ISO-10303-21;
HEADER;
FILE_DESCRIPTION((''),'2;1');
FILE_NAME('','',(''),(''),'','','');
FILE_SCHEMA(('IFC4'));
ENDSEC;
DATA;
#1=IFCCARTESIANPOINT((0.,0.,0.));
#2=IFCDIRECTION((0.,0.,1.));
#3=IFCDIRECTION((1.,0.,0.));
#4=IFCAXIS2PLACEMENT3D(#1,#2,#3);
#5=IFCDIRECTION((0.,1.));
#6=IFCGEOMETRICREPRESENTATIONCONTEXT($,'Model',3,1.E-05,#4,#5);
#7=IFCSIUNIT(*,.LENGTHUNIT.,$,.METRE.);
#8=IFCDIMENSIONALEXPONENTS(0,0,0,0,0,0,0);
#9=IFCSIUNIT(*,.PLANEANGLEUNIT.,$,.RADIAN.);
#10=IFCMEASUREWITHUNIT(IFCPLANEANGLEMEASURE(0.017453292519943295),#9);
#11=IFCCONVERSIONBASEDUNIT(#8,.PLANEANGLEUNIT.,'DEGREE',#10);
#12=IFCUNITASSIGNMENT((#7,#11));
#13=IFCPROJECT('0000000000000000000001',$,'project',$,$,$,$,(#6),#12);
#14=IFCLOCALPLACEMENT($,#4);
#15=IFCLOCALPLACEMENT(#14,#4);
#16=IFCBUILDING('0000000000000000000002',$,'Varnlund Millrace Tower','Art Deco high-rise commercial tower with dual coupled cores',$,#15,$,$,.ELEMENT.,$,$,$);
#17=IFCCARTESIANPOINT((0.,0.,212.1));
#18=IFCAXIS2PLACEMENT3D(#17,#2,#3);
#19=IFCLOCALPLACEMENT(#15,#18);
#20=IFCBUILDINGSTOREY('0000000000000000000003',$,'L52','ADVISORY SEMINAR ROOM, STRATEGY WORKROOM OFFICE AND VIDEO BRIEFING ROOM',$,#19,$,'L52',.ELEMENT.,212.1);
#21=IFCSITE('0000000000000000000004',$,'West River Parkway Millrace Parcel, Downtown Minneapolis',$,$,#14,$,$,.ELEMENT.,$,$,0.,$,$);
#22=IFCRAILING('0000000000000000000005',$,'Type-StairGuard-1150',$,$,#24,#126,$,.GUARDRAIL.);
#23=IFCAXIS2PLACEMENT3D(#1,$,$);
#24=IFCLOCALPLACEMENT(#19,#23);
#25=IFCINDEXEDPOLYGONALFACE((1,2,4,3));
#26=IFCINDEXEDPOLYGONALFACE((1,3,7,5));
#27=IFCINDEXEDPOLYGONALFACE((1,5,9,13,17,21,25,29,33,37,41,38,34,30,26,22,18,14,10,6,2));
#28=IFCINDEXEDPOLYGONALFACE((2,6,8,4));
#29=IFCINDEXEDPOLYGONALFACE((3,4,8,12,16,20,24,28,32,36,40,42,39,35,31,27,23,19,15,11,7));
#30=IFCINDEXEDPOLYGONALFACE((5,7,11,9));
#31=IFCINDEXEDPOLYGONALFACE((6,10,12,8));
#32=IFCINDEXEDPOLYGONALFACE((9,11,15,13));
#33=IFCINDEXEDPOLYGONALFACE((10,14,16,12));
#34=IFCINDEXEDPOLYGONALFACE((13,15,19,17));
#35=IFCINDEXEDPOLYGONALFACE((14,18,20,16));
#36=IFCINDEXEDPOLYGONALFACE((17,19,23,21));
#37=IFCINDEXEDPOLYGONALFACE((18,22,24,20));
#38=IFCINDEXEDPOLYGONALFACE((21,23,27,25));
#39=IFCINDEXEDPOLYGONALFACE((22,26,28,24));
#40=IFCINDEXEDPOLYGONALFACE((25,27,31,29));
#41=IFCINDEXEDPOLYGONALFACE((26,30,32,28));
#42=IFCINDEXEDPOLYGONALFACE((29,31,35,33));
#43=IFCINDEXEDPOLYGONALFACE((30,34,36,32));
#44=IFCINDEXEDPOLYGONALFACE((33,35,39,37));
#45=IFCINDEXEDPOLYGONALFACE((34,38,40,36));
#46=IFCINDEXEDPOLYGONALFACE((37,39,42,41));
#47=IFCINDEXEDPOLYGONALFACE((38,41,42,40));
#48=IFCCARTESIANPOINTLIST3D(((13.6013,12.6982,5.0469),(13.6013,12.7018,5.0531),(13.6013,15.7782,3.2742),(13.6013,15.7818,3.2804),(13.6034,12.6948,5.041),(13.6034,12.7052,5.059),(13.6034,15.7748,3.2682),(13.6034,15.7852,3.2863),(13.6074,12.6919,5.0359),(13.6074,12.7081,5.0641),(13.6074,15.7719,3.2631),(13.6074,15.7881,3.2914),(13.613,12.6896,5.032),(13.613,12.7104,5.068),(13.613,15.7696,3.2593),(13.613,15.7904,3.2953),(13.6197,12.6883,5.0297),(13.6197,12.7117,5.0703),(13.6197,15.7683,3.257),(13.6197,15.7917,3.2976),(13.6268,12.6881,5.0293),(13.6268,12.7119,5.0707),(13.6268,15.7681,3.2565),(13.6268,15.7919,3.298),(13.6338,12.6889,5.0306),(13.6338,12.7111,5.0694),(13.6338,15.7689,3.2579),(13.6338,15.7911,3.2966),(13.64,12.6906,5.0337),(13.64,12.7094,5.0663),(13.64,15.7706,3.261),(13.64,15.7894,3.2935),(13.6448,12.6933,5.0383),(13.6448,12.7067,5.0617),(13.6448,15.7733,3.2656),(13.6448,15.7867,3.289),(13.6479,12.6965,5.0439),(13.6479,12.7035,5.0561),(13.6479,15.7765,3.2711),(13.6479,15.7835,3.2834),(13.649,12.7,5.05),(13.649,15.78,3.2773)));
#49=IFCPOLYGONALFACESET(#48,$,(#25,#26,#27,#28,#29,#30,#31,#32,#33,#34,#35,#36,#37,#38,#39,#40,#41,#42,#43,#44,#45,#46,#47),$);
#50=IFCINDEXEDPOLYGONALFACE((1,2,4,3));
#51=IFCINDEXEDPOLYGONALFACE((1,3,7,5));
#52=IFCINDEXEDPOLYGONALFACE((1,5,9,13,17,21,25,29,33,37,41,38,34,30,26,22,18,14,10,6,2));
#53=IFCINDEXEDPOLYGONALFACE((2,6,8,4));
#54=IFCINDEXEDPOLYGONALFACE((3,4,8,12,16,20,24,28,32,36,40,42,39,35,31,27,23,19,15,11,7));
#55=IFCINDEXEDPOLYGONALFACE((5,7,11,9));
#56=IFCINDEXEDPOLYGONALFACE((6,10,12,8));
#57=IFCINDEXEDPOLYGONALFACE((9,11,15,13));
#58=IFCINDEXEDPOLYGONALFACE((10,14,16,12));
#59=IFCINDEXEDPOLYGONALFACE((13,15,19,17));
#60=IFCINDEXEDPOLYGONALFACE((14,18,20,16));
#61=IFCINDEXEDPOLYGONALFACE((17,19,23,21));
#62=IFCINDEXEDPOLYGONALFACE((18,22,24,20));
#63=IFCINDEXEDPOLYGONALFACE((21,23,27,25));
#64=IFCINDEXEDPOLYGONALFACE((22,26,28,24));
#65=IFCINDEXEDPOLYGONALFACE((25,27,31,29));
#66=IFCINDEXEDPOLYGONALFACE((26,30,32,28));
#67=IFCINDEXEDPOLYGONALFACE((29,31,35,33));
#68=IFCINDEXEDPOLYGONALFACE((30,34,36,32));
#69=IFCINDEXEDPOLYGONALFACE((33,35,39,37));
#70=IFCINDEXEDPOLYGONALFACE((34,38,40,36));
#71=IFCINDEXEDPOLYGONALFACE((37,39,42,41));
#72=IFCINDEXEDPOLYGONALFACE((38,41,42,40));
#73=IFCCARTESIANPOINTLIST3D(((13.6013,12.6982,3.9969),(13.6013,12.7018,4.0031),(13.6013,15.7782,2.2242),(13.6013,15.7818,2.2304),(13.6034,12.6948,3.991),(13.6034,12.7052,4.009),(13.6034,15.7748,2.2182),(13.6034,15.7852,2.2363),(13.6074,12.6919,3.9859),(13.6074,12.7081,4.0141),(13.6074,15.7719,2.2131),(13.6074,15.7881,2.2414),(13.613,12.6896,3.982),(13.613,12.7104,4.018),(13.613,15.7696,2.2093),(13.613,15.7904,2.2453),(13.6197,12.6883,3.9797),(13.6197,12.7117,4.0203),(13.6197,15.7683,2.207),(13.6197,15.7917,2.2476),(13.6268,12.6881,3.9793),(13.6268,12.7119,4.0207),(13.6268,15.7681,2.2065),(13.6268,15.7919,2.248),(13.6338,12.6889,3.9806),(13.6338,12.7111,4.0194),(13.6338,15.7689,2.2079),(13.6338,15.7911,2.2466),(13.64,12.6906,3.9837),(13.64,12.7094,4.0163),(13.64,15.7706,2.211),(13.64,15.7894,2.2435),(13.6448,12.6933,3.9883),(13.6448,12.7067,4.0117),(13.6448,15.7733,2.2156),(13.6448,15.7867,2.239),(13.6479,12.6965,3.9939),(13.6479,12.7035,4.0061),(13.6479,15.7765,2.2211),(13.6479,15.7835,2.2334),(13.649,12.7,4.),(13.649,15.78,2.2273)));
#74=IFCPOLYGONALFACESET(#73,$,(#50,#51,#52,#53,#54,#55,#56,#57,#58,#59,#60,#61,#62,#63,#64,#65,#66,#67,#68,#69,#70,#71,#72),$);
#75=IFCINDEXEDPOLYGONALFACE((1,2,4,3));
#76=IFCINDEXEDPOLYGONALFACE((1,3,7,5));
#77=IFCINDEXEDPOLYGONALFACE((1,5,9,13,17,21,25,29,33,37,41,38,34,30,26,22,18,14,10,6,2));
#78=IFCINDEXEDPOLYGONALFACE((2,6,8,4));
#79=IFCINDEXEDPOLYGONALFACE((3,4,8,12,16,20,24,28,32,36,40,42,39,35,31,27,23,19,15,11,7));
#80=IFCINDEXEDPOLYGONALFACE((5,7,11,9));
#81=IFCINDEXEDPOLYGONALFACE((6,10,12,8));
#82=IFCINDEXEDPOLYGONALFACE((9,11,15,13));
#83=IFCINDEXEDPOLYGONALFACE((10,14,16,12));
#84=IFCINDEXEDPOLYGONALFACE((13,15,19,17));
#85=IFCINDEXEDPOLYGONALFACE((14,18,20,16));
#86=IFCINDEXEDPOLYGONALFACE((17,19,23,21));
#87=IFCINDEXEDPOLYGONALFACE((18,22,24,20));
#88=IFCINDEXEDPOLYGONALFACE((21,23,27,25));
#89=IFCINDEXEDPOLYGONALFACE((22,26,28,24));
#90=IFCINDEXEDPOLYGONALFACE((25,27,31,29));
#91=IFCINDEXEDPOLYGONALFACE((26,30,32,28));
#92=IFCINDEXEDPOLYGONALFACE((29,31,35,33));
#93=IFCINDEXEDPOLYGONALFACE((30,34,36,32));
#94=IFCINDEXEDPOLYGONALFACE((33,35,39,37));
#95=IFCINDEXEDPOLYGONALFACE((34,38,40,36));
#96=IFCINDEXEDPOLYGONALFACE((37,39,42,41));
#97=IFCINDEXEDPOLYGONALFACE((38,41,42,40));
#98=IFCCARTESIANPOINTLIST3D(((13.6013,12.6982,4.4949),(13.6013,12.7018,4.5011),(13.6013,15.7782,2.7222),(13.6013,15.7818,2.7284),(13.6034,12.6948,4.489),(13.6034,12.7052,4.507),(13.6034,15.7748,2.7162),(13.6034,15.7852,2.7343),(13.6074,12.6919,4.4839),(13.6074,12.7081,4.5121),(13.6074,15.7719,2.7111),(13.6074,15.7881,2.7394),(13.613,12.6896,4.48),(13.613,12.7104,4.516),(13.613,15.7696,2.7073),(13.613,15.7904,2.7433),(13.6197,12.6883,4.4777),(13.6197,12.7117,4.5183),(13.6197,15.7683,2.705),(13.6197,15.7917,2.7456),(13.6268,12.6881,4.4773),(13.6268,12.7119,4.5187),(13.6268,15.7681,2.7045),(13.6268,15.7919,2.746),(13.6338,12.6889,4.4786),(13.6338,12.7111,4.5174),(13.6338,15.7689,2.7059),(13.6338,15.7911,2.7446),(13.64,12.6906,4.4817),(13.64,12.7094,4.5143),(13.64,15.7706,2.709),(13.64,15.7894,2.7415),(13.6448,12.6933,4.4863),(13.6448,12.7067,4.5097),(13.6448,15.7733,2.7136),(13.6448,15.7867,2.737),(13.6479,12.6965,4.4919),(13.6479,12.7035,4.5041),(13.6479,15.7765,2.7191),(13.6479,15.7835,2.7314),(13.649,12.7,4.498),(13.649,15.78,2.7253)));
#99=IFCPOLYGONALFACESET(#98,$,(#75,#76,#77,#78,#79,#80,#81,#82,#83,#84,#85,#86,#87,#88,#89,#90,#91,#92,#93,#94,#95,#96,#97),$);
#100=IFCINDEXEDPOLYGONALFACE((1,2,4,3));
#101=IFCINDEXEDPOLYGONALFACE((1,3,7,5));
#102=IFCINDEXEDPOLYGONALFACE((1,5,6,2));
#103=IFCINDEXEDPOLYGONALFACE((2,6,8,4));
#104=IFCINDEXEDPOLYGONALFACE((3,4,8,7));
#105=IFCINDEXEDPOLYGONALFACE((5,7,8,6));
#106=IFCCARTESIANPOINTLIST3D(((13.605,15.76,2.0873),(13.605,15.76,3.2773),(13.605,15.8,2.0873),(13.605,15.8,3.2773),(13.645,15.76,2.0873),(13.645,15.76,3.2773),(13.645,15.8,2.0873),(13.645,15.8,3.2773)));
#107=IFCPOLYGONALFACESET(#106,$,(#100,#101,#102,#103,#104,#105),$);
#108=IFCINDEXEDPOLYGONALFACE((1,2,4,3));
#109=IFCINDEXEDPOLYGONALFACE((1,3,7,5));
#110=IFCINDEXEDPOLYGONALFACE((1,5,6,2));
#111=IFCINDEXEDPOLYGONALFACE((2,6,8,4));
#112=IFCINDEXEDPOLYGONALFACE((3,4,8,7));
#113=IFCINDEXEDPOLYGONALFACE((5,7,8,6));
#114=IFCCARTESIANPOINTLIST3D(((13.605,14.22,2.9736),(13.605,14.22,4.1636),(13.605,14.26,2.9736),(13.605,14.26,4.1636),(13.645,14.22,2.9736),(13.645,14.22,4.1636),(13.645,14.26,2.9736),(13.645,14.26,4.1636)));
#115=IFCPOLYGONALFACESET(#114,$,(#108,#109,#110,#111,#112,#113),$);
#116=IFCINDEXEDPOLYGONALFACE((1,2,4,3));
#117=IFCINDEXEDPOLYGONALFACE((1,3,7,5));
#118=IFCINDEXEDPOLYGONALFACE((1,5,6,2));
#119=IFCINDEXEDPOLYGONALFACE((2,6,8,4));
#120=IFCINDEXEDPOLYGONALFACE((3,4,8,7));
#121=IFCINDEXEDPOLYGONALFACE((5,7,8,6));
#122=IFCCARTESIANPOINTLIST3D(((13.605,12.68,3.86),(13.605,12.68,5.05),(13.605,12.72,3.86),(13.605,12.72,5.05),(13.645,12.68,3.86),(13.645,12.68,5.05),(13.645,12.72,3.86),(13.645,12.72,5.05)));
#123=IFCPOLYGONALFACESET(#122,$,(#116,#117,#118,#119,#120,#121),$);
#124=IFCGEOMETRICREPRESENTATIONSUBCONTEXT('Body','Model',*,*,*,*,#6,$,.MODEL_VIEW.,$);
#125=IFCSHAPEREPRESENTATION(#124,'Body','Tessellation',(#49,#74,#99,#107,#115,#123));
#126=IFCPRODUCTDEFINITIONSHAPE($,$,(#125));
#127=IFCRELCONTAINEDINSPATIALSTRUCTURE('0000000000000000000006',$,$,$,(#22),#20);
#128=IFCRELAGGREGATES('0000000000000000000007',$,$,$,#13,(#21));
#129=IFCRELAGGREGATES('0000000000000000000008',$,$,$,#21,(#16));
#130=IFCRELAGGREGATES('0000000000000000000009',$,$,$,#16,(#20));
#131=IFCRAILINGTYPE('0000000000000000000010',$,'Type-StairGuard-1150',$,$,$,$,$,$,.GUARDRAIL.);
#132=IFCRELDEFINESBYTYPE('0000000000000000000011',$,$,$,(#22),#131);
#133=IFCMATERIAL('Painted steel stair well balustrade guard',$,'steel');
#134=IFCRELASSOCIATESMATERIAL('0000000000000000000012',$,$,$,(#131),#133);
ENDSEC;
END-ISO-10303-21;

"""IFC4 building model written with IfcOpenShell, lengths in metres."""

from ifc_helpers import new_model, entity, si_unit, converted_unit, direction, frame, origin_with_axes, origin_2d_with_axis, place, context, subcontext, project, spatial, rectangle, circle, extrude, material, type_object, element, save


model = new_model("IFC4")

# Units and contexts
model_context = context("Model", 3, precision=1e-05, world=origin_with_axes(), true_north=direction((0.0, 1.0)))
body_context = subcontext(model_context, "Body", "Model", "MODEL_VIEW")
ifc_project = project(units=[si_unit("LENGTHUNIT", "METRE"), converted_unit("PLANEANGLEUNIT", "DEGREE", entity("IfcPlaneAngleMeasure", 0.017453292519943295), si_unit("PLANEANGLEUNIT", "RADIAN"), dimensions=[0, 0, 0, 0, 0, 0, 0])], contexts=[model_context])

# Site, building, storey
site_placement = place(None, origin_with_axes())
site = spatial("IfcSite", under=ifc_project, at=site_placement, Name="West River Parkway Millrace Parcel, Downtown Minneapolis", CompositionType="ELEMENT", RefElevation=0.0)
building_placement = place(site_placement, origin_with_axes())
building = spatial("IfcBuilding", under=site, at=building_placement, Name="Varnlund Millrace Tower", Description="Art Deco high-rise commercial tower with dual coupled cores", CompositionType="ELEMENT")
storey_placement = place(building_placement, frame((0.0, 0.0, 212.1), z_axis=(0.0, 0.0, 1.0), x_axis=(1.0, 0.0, 0.0)))
storey = spatial("IfcBuildingStorey", under=building, at=storey_placement, Name="L52", Description="ADVISORY SEMINAR ROOM, STRATEGY WORKROOM OFFICE AND VIDEO BRIEFING ROOM", LongName="L52", CompositionType="ELEMENT", Elevation=212.1)

# Railing
ifc_material_1 = material(Name="Painted steel stair well balustrade guard", Category="steel")
railing_type_1 = type_object("IfcRailingType", Name="Type-StairGuard-1150", PredefinedType="GUARDRAIL", material=ifc_material_1)
railing_1_placement = place(storey_placement, frame((0.0, 0.0, -212.1), z_axis=(0.0, 0.0, 1.0), x_axis=(1.0, 0.0, 0.0)))
element("IfcRailing", 1, at=railing_1_placement, inside=storey, type_object=railing_type_1, Name="Type-StairGuard-1150", PredefinedType="GUARDRAIL", context=body_context, shape_type="SweptSolid", body=[
    extrude(circle(Radius=0.024, at=origin_2d_with_axis()), frame((13.625, 15.78, 215.3773), z_axis=(0.0, -0.866696, 0.498836), x_axis=(1.0, 0.0, 0.0)), (0.0, 0.0, 1.0), 3.5537),
    extrude(circle(Radius=0.024, at=origin_2d_with_axis()), frame((13.625, 15.78, 214.3273), z_axis=(0.0, -0.866696, 0.498836), x_axis=(1.0, 0.0, 0.0)), (0.0, 0.0, 1.0), 3.5537),
    extrude(circle(Radius=0.024, at=origin_2d_with_axis()), frame((13.625, 15.78, 214.8253), z_axis=(0.0, -0.866696, 0.498836), x_axis=(1.0, 0.0, 0.0)), (0.0, 0.0, 1.0), 3.5537),
    extrude(rectangle(XDim=0.04, YDim=0.04, at=origin_2d_with_axis()), frame((13.625, 15.78, 214.1873), z_axis=(0.0, 0.0, 1.0), x_axis=(1.0, 0.0, 0.0)), (0.0, 0.0, 1.0), 1.19),
    extrude(rectangle(XDim=0.04, YDim=0.04, at=origin_2d_with_axis()), frame((13.625, 14.24, 215.0736), z_axis=(0.0, 0.0, 1.0), x_axis=(1.0, 0.0, 0.0)), (0.0, 0.0, 1.0), 1.19),
    extrude(rectangle(XDim=0.04, YDim=0.04, at=origin_2d_with_axis()), frame((13.625, 12.7, 215.96), z_axis=(0.0, 0.0, 1.0), x_axis=(1.0, 0.0, 0.0)), (0.0, 0.0, 1.0), 1.19),
])

save(model, "model.ifc")
